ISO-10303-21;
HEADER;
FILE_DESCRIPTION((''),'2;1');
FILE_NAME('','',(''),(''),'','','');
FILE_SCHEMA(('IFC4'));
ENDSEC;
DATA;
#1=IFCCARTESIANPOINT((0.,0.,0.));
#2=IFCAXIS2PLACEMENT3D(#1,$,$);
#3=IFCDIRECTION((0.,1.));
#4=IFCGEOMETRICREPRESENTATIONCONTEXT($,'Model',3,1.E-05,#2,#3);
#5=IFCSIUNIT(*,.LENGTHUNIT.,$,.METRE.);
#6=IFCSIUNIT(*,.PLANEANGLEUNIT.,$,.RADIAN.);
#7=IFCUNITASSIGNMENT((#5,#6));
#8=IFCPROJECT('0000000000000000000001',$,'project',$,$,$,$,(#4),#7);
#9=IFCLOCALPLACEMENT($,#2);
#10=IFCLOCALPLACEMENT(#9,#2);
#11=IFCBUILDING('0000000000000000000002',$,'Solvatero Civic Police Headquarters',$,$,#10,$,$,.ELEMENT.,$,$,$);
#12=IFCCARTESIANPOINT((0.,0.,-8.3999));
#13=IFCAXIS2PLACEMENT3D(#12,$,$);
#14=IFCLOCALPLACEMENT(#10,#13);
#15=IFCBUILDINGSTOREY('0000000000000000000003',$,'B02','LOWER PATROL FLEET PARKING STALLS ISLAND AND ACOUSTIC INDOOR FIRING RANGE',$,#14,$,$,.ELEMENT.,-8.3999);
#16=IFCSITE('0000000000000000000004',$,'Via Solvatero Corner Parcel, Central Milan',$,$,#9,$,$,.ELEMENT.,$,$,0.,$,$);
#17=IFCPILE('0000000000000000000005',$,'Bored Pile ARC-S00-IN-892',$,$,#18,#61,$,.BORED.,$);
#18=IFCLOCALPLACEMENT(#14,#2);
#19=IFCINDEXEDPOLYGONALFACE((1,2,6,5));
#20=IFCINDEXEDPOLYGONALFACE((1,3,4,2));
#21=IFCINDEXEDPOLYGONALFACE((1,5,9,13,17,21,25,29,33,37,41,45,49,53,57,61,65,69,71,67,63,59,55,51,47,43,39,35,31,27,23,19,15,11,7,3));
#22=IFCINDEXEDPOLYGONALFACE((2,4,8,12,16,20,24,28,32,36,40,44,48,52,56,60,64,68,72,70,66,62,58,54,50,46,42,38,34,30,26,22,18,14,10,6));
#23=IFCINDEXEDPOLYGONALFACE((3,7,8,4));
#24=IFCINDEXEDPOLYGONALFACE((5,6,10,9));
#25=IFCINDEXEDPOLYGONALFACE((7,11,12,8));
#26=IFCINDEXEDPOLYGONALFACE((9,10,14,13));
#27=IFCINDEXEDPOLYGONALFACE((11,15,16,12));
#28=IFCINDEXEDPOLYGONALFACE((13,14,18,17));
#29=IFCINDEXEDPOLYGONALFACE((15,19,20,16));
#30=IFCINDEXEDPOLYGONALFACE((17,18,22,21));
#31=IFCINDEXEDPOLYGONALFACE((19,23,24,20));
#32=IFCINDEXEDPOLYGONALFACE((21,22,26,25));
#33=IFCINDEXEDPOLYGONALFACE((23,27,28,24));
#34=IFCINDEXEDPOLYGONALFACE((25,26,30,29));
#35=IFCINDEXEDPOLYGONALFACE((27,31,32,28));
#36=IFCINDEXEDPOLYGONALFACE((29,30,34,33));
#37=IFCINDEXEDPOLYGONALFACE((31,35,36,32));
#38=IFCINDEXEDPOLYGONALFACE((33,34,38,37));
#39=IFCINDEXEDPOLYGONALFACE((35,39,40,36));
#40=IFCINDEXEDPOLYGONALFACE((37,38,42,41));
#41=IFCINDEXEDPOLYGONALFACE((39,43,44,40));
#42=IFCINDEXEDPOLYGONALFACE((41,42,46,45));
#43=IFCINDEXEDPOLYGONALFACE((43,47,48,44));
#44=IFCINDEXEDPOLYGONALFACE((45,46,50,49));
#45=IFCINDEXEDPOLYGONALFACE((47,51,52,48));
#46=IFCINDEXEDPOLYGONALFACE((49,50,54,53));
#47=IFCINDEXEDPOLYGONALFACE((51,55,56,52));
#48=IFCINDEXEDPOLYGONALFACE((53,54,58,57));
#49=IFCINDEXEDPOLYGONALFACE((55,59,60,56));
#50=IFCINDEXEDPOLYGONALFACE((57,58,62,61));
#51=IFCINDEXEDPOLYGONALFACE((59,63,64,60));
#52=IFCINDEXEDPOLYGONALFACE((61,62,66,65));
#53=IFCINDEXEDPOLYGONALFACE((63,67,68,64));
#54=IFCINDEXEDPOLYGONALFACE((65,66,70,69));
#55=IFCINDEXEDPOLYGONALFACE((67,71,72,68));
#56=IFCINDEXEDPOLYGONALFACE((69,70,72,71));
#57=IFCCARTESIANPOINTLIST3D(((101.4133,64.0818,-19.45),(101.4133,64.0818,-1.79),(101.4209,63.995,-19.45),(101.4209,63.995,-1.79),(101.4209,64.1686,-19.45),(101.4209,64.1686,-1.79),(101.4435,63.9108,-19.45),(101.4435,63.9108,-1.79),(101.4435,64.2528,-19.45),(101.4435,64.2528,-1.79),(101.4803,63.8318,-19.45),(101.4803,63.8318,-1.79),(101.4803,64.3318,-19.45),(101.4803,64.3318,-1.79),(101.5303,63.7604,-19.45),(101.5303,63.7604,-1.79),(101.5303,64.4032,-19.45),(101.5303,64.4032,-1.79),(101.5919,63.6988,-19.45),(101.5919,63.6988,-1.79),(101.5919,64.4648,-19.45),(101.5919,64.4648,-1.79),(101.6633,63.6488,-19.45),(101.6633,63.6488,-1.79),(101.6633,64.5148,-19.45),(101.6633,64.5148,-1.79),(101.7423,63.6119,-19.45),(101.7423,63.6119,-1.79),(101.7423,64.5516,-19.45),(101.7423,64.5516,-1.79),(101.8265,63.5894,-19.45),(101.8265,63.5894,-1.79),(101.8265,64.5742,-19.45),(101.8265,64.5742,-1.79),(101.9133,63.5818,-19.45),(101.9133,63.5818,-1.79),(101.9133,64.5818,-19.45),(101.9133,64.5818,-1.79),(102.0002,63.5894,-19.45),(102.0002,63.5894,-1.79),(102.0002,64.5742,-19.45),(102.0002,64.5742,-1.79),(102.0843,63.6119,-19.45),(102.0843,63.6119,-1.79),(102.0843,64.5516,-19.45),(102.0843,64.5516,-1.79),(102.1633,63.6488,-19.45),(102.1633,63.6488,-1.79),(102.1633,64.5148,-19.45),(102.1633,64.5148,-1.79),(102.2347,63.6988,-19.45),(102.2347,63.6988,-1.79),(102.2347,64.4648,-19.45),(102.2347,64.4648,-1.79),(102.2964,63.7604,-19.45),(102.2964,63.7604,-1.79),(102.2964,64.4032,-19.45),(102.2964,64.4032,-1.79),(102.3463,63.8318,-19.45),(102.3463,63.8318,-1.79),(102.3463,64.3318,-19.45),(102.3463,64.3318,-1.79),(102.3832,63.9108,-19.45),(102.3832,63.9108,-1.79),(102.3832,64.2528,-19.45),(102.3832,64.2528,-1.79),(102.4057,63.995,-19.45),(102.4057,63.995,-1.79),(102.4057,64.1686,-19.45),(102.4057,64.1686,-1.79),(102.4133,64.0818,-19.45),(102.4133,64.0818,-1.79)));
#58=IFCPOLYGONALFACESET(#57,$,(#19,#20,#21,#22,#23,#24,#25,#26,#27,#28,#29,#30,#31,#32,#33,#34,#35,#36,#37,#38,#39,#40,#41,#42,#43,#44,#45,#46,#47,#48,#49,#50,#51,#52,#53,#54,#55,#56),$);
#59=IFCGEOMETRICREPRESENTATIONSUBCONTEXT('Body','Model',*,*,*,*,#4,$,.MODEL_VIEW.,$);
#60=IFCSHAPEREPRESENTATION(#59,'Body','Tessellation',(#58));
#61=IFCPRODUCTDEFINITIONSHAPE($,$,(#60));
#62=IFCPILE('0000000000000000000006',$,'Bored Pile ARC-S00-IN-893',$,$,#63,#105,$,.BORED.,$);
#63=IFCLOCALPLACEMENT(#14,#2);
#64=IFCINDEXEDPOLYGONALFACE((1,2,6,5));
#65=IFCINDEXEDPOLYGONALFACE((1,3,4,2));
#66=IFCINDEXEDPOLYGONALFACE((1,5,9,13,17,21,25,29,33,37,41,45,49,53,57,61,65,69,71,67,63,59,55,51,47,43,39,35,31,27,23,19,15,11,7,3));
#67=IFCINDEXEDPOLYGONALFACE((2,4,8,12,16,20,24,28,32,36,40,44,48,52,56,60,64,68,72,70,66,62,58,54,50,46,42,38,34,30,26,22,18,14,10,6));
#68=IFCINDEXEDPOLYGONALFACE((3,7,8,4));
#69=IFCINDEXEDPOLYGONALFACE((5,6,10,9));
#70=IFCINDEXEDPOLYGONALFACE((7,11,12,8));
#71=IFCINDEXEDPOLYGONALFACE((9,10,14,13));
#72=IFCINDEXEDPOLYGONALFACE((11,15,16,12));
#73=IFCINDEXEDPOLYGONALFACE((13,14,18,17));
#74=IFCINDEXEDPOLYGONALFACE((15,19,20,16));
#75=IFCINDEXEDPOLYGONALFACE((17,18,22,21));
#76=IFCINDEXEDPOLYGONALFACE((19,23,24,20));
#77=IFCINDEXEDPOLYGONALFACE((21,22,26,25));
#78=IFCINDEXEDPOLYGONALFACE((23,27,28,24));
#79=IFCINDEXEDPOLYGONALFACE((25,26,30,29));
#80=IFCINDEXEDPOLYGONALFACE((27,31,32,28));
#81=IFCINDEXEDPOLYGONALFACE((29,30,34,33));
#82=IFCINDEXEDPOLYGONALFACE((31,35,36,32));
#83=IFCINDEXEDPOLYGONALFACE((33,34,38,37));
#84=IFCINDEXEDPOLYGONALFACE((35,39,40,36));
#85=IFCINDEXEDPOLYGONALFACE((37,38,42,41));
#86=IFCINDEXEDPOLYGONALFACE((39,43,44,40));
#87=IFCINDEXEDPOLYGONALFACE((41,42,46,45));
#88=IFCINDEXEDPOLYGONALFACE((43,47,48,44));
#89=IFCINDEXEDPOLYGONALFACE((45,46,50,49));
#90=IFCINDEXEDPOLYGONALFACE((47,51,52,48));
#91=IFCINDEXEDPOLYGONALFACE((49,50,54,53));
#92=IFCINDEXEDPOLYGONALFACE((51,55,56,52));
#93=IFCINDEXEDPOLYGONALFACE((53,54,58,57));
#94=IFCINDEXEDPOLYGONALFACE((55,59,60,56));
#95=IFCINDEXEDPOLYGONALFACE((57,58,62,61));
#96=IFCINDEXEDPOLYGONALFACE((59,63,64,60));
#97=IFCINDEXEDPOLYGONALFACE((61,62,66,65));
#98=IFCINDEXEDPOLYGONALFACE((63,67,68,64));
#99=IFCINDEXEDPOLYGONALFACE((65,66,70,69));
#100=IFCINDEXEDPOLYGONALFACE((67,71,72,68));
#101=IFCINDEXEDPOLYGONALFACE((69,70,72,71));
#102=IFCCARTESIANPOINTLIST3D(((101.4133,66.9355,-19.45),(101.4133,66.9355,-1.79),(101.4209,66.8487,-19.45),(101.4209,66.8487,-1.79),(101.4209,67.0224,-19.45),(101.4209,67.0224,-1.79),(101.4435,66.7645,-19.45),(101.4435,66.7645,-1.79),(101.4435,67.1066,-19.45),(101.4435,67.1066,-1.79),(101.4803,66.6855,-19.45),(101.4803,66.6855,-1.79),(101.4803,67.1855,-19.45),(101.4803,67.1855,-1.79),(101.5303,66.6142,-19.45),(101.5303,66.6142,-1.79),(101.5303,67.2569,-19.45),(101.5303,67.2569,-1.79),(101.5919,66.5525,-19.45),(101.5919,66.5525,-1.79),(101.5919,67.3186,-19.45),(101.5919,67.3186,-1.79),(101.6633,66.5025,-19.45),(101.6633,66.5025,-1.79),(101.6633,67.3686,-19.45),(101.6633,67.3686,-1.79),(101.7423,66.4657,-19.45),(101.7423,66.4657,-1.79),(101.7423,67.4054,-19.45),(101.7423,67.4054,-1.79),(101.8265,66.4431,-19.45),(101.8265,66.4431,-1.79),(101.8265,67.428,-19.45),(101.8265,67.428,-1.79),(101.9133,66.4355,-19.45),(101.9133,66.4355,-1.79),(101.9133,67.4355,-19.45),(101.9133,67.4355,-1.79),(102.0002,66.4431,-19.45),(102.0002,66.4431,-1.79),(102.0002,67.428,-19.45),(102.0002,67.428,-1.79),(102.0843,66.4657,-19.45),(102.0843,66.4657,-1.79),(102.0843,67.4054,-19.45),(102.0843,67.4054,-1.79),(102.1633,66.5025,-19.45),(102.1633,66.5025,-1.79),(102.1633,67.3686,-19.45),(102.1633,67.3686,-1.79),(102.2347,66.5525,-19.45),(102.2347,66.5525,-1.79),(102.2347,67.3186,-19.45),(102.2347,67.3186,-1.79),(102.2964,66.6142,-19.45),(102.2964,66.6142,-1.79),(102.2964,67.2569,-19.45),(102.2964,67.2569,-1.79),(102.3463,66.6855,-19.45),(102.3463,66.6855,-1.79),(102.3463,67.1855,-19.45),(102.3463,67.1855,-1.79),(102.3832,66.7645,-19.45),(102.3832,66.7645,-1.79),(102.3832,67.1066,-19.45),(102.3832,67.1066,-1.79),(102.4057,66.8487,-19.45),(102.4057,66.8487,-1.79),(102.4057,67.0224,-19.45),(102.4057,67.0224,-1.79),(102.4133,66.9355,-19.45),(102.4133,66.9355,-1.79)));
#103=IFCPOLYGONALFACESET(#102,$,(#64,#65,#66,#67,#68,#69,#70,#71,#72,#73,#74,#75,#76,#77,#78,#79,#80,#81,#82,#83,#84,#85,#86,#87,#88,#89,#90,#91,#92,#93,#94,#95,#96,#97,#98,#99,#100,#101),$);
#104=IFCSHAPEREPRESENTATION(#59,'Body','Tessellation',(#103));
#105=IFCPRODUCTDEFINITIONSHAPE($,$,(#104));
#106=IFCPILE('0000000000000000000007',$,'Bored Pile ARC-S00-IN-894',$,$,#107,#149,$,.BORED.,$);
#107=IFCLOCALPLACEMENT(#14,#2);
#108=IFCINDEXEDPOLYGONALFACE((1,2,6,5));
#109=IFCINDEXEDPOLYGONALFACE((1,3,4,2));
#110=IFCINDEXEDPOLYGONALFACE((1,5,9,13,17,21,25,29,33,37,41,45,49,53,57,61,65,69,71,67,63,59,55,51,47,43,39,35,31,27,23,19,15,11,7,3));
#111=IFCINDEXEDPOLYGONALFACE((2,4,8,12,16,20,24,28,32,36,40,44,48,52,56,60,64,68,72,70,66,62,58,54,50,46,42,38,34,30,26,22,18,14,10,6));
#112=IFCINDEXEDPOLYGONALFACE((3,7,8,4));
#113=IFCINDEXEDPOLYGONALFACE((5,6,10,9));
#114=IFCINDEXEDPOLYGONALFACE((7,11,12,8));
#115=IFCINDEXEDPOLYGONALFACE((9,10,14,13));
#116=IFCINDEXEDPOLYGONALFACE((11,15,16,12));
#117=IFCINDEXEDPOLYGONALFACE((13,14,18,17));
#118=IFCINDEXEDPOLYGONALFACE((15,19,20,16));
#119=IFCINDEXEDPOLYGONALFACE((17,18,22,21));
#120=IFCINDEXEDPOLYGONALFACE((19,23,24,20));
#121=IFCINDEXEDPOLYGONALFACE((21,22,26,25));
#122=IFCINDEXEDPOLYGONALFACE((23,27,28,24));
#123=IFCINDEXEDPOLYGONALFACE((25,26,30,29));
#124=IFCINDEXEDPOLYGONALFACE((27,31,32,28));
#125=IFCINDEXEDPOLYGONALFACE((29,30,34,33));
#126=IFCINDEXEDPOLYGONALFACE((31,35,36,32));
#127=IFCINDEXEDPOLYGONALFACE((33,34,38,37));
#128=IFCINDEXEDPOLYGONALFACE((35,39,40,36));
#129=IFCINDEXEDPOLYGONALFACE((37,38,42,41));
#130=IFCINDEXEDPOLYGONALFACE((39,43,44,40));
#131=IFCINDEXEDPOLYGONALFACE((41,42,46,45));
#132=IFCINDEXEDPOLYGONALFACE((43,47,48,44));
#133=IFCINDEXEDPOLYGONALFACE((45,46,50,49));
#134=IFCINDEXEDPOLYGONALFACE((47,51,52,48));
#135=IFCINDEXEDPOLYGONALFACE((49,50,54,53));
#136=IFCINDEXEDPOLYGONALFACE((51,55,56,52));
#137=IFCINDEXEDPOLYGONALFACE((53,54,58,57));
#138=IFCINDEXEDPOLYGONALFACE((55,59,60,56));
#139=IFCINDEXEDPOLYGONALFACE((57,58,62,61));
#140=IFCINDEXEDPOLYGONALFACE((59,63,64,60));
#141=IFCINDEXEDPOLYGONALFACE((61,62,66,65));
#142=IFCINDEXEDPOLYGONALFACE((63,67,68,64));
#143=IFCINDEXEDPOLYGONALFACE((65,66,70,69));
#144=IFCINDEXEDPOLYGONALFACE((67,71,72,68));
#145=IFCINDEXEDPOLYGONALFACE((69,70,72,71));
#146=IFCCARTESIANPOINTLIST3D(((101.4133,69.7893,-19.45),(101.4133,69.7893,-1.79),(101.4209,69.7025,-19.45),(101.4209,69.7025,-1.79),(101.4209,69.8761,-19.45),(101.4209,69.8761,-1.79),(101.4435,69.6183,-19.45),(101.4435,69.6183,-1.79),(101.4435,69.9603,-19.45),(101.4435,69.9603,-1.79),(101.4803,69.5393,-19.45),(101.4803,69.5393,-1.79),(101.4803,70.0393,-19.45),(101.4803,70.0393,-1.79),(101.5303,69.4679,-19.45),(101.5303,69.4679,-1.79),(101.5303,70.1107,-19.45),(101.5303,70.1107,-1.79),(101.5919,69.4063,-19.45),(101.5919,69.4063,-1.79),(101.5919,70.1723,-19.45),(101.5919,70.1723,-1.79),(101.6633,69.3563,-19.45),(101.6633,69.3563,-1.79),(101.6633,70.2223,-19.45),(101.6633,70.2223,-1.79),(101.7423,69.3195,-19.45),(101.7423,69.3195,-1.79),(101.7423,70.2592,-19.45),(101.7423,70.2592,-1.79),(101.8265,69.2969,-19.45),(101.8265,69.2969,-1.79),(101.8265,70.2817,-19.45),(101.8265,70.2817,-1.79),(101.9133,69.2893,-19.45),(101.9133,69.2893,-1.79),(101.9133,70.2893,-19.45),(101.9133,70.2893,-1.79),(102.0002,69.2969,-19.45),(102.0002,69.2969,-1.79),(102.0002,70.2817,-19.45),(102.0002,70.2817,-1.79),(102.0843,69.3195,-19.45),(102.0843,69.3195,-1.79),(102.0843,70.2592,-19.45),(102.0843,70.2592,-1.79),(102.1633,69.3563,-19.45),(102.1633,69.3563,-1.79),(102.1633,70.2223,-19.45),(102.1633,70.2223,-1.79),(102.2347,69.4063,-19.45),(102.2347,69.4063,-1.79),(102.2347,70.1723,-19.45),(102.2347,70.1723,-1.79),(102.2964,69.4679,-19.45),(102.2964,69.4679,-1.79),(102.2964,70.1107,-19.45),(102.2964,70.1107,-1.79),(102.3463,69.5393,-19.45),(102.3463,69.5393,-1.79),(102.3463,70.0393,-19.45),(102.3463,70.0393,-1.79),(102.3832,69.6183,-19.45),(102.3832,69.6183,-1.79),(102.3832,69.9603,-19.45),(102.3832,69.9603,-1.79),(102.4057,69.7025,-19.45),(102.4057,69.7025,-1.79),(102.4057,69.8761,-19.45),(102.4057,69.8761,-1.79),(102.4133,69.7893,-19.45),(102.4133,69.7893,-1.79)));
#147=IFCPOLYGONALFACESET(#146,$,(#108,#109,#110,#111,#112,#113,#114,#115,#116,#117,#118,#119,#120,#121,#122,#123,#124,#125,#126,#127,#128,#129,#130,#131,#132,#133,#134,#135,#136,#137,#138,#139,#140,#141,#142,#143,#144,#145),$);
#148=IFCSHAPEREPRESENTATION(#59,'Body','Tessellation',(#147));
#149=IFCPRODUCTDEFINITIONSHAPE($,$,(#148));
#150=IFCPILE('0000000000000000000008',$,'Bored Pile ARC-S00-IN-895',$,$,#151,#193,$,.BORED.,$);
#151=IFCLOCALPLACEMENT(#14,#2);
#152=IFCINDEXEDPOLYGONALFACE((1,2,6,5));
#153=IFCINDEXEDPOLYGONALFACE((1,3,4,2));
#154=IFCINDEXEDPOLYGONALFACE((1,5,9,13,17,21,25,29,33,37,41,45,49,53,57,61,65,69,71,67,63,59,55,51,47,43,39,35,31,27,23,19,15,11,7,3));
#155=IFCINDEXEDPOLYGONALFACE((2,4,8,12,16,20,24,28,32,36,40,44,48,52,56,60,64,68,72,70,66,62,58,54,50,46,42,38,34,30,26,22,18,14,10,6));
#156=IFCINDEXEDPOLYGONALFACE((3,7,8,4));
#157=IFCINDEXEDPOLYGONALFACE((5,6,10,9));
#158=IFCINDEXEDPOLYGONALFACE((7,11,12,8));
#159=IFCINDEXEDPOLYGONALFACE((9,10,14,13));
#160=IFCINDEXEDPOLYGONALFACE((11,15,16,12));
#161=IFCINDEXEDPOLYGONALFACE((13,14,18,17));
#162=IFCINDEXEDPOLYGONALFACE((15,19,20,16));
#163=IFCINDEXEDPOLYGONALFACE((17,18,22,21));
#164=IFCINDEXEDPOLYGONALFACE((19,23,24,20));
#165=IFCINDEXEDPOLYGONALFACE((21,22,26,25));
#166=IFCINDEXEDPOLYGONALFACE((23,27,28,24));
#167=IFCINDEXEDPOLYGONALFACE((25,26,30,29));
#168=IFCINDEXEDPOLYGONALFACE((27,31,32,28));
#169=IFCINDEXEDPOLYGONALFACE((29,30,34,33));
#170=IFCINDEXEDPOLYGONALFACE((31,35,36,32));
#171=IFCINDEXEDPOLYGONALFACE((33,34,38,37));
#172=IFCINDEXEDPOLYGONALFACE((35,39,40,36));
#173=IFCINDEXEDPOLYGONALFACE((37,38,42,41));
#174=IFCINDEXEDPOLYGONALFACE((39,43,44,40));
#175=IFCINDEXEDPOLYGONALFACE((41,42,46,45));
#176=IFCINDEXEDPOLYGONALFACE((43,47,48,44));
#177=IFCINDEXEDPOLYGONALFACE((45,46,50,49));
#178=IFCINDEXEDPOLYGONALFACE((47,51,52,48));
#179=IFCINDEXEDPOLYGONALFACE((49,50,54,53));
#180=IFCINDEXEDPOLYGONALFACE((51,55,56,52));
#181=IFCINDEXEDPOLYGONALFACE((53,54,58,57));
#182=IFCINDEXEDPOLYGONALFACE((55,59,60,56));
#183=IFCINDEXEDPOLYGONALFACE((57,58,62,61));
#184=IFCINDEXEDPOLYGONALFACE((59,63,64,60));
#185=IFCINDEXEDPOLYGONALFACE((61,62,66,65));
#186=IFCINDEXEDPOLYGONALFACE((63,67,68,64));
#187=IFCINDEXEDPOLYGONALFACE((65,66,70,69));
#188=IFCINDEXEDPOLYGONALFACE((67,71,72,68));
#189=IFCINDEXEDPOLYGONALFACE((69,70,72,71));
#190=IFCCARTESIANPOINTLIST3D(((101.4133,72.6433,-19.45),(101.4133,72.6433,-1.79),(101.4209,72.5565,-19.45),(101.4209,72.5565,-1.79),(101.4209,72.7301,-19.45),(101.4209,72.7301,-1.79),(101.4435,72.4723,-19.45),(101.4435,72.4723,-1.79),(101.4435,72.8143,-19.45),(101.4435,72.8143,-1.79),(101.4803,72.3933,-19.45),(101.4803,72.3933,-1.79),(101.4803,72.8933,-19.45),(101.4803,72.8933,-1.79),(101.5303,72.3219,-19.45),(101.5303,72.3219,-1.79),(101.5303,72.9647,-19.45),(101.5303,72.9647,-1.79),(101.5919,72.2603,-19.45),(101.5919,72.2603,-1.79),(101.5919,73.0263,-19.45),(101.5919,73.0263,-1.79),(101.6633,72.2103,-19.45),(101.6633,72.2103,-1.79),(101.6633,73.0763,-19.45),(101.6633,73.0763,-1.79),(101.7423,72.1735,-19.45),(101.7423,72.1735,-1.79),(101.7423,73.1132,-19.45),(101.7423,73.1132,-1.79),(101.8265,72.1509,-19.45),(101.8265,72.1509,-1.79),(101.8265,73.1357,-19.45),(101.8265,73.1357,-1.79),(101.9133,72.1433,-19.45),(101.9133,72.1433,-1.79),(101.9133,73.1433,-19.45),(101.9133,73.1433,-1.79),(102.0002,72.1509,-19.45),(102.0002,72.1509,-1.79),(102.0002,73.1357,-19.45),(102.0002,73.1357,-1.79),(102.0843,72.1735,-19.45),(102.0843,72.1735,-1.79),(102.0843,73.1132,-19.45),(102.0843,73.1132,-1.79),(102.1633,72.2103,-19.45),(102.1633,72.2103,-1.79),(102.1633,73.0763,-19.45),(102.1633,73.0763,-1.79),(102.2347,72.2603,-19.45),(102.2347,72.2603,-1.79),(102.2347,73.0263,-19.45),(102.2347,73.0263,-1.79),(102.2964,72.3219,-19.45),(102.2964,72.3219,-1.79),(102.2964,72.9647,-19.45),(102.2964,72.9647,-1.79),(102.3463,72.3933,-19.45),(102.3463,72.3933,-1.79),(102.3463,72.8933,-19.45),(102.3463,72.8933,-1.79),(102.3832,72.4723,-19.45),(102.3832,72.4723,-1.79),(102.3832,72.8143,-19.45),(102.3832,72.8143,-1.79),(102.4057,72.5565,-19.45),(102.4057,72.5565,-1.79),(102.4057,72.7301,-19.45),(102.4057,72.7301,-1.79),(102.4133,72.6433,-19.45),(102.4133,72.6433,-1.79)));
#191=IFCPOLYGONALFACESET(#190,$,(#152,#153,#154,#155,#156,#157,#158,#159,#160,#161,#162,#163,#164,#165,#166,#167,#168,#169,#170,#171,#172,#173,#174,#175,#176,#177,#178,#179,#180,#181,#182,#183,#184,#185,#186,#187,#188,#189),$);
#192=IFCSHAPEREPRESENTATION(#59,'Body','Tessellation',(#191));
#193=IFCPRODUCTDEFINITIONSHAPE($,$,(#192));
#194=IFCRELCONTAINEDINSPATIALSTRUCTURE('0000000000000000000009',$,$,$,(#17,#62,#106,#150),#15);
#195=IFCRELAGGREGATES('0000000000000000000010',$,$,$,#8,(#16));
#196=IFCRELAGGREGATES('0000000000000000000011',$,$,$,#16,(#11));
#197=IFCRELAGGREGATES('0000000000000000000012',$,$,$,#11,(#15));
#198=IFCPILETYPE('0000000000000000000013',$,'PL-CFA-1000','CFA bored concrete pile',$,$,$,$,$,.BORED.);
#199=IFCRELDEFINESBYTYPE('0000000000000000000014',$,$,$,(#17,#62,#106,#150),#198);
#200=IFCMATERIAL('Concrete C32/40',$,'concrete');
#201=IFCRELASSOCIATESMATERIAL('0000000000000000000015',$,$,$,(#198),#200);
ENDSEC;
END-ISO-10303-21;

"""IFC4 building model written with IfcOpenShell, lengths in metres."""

from ifc_helpers import new_model, si_unit, direction, frame, origin, origin_2d, place, context, subcontext, project, spatial, circle, extrude, material, material_profile, profile_set, type_object, element, save


model = new_model("IFC4")

# Units and contexts
model_context = context("Model", 3, precision=1e-05, world=origin(), true_north=direction((0.0, 1.0)))
body_context = subcontext(model_context, "Body", "Model", "MODEL_VIEW")
ifc_project = project(units=[si_unit("LENGTHUNIT", "METRE"), si_unit("PLANEANGLEUNIT", "RADIAN")], contexts=[model_context])

# Site, building, storey
site_placement = place(None, origin())
site = spatial("IfcSite", under=ifc_project, at=site_placement, Name="Via Solvatero Corner Parcel, Central Milan", CompositionType="ELEMENT", RefElevation=0.0)
building_placement = place(site_placement, origin())
building = spatial("IfcBuilding", under=site, at=building_placement, Name="Solvatero Civic Police Headquarters", CompositionType="ELEMENT")
storey_placement = place(building_placement, frame((0.0, 0.0, -8.3999)))
storey = spatial("IfcBuildingStorey", under=building, at=storey_placement, Name="B02", Description="LOWER PATROL FLEET PARKING STALLS ISLAND AND ACOUSTIC INDOOR FIRING RANGE", CompositionType="ELEMENT", Elevation=-8.3999)

# Piles
ifc_material_1 = material(Name="Concrete C32/40", Category="concrete")
ifc_material_profile_1 = material_profile(ifc_material_1, circle(Radius=0.5, at=origin_2d()), Name="CFA PILE D1000")
ifc_profile_set_1 = profile_set([ifc_material_profile_1], Name="Concrete C32/40")
pile_type = type_object("IfcPileType", Name="PL-CFA-1000", Description="CFA bored concrete pile", PredefinedType="BORED", material=ifc_profile_set_1)
for number, where, z_axis, x_axis, name in (
    (1, (101.9133, 64.0818, -1.79), (0.0, 0.0, -1.0), (1.0, 0.0, 0.0), "Bored Pile ARC-S00-IN-892"),
    (2, (101.9133, 66.9355, -1.79), (0.0, 0.0, -1.0), (1.0, 0.0, 0.0), "Bored Pile ARC-S00-IN-893"),
    (3, (101.9133, 69.7893, -1.79), (0.0, 0.0, -1.0), (1.0, 0.0, 0.0), "Bored Pile ARC-S00-IN-894"),
    (4, (101.9133, 72.6433, -1.79), (0.0, 0.0, -1.0), (1.0, 0.0, 0.0), "Bored Pile ARC-S00-IN-895"),
):
    element("IfcPile", number, at=place(storey_placement, frame(where, z_axis=z_axis, x_axis=x_axis)), inside=storey, type_object=pile_type, Name=name, PredefinedType="BORED", context=body_context, shape_type="SweptSolid", body=[
        extrude(circle(Radius=0.5, at=origin_2d()), origin(), (0.0, 0.0, 1.0), 17.6599),
    ])

save(model, "model.ifc")
